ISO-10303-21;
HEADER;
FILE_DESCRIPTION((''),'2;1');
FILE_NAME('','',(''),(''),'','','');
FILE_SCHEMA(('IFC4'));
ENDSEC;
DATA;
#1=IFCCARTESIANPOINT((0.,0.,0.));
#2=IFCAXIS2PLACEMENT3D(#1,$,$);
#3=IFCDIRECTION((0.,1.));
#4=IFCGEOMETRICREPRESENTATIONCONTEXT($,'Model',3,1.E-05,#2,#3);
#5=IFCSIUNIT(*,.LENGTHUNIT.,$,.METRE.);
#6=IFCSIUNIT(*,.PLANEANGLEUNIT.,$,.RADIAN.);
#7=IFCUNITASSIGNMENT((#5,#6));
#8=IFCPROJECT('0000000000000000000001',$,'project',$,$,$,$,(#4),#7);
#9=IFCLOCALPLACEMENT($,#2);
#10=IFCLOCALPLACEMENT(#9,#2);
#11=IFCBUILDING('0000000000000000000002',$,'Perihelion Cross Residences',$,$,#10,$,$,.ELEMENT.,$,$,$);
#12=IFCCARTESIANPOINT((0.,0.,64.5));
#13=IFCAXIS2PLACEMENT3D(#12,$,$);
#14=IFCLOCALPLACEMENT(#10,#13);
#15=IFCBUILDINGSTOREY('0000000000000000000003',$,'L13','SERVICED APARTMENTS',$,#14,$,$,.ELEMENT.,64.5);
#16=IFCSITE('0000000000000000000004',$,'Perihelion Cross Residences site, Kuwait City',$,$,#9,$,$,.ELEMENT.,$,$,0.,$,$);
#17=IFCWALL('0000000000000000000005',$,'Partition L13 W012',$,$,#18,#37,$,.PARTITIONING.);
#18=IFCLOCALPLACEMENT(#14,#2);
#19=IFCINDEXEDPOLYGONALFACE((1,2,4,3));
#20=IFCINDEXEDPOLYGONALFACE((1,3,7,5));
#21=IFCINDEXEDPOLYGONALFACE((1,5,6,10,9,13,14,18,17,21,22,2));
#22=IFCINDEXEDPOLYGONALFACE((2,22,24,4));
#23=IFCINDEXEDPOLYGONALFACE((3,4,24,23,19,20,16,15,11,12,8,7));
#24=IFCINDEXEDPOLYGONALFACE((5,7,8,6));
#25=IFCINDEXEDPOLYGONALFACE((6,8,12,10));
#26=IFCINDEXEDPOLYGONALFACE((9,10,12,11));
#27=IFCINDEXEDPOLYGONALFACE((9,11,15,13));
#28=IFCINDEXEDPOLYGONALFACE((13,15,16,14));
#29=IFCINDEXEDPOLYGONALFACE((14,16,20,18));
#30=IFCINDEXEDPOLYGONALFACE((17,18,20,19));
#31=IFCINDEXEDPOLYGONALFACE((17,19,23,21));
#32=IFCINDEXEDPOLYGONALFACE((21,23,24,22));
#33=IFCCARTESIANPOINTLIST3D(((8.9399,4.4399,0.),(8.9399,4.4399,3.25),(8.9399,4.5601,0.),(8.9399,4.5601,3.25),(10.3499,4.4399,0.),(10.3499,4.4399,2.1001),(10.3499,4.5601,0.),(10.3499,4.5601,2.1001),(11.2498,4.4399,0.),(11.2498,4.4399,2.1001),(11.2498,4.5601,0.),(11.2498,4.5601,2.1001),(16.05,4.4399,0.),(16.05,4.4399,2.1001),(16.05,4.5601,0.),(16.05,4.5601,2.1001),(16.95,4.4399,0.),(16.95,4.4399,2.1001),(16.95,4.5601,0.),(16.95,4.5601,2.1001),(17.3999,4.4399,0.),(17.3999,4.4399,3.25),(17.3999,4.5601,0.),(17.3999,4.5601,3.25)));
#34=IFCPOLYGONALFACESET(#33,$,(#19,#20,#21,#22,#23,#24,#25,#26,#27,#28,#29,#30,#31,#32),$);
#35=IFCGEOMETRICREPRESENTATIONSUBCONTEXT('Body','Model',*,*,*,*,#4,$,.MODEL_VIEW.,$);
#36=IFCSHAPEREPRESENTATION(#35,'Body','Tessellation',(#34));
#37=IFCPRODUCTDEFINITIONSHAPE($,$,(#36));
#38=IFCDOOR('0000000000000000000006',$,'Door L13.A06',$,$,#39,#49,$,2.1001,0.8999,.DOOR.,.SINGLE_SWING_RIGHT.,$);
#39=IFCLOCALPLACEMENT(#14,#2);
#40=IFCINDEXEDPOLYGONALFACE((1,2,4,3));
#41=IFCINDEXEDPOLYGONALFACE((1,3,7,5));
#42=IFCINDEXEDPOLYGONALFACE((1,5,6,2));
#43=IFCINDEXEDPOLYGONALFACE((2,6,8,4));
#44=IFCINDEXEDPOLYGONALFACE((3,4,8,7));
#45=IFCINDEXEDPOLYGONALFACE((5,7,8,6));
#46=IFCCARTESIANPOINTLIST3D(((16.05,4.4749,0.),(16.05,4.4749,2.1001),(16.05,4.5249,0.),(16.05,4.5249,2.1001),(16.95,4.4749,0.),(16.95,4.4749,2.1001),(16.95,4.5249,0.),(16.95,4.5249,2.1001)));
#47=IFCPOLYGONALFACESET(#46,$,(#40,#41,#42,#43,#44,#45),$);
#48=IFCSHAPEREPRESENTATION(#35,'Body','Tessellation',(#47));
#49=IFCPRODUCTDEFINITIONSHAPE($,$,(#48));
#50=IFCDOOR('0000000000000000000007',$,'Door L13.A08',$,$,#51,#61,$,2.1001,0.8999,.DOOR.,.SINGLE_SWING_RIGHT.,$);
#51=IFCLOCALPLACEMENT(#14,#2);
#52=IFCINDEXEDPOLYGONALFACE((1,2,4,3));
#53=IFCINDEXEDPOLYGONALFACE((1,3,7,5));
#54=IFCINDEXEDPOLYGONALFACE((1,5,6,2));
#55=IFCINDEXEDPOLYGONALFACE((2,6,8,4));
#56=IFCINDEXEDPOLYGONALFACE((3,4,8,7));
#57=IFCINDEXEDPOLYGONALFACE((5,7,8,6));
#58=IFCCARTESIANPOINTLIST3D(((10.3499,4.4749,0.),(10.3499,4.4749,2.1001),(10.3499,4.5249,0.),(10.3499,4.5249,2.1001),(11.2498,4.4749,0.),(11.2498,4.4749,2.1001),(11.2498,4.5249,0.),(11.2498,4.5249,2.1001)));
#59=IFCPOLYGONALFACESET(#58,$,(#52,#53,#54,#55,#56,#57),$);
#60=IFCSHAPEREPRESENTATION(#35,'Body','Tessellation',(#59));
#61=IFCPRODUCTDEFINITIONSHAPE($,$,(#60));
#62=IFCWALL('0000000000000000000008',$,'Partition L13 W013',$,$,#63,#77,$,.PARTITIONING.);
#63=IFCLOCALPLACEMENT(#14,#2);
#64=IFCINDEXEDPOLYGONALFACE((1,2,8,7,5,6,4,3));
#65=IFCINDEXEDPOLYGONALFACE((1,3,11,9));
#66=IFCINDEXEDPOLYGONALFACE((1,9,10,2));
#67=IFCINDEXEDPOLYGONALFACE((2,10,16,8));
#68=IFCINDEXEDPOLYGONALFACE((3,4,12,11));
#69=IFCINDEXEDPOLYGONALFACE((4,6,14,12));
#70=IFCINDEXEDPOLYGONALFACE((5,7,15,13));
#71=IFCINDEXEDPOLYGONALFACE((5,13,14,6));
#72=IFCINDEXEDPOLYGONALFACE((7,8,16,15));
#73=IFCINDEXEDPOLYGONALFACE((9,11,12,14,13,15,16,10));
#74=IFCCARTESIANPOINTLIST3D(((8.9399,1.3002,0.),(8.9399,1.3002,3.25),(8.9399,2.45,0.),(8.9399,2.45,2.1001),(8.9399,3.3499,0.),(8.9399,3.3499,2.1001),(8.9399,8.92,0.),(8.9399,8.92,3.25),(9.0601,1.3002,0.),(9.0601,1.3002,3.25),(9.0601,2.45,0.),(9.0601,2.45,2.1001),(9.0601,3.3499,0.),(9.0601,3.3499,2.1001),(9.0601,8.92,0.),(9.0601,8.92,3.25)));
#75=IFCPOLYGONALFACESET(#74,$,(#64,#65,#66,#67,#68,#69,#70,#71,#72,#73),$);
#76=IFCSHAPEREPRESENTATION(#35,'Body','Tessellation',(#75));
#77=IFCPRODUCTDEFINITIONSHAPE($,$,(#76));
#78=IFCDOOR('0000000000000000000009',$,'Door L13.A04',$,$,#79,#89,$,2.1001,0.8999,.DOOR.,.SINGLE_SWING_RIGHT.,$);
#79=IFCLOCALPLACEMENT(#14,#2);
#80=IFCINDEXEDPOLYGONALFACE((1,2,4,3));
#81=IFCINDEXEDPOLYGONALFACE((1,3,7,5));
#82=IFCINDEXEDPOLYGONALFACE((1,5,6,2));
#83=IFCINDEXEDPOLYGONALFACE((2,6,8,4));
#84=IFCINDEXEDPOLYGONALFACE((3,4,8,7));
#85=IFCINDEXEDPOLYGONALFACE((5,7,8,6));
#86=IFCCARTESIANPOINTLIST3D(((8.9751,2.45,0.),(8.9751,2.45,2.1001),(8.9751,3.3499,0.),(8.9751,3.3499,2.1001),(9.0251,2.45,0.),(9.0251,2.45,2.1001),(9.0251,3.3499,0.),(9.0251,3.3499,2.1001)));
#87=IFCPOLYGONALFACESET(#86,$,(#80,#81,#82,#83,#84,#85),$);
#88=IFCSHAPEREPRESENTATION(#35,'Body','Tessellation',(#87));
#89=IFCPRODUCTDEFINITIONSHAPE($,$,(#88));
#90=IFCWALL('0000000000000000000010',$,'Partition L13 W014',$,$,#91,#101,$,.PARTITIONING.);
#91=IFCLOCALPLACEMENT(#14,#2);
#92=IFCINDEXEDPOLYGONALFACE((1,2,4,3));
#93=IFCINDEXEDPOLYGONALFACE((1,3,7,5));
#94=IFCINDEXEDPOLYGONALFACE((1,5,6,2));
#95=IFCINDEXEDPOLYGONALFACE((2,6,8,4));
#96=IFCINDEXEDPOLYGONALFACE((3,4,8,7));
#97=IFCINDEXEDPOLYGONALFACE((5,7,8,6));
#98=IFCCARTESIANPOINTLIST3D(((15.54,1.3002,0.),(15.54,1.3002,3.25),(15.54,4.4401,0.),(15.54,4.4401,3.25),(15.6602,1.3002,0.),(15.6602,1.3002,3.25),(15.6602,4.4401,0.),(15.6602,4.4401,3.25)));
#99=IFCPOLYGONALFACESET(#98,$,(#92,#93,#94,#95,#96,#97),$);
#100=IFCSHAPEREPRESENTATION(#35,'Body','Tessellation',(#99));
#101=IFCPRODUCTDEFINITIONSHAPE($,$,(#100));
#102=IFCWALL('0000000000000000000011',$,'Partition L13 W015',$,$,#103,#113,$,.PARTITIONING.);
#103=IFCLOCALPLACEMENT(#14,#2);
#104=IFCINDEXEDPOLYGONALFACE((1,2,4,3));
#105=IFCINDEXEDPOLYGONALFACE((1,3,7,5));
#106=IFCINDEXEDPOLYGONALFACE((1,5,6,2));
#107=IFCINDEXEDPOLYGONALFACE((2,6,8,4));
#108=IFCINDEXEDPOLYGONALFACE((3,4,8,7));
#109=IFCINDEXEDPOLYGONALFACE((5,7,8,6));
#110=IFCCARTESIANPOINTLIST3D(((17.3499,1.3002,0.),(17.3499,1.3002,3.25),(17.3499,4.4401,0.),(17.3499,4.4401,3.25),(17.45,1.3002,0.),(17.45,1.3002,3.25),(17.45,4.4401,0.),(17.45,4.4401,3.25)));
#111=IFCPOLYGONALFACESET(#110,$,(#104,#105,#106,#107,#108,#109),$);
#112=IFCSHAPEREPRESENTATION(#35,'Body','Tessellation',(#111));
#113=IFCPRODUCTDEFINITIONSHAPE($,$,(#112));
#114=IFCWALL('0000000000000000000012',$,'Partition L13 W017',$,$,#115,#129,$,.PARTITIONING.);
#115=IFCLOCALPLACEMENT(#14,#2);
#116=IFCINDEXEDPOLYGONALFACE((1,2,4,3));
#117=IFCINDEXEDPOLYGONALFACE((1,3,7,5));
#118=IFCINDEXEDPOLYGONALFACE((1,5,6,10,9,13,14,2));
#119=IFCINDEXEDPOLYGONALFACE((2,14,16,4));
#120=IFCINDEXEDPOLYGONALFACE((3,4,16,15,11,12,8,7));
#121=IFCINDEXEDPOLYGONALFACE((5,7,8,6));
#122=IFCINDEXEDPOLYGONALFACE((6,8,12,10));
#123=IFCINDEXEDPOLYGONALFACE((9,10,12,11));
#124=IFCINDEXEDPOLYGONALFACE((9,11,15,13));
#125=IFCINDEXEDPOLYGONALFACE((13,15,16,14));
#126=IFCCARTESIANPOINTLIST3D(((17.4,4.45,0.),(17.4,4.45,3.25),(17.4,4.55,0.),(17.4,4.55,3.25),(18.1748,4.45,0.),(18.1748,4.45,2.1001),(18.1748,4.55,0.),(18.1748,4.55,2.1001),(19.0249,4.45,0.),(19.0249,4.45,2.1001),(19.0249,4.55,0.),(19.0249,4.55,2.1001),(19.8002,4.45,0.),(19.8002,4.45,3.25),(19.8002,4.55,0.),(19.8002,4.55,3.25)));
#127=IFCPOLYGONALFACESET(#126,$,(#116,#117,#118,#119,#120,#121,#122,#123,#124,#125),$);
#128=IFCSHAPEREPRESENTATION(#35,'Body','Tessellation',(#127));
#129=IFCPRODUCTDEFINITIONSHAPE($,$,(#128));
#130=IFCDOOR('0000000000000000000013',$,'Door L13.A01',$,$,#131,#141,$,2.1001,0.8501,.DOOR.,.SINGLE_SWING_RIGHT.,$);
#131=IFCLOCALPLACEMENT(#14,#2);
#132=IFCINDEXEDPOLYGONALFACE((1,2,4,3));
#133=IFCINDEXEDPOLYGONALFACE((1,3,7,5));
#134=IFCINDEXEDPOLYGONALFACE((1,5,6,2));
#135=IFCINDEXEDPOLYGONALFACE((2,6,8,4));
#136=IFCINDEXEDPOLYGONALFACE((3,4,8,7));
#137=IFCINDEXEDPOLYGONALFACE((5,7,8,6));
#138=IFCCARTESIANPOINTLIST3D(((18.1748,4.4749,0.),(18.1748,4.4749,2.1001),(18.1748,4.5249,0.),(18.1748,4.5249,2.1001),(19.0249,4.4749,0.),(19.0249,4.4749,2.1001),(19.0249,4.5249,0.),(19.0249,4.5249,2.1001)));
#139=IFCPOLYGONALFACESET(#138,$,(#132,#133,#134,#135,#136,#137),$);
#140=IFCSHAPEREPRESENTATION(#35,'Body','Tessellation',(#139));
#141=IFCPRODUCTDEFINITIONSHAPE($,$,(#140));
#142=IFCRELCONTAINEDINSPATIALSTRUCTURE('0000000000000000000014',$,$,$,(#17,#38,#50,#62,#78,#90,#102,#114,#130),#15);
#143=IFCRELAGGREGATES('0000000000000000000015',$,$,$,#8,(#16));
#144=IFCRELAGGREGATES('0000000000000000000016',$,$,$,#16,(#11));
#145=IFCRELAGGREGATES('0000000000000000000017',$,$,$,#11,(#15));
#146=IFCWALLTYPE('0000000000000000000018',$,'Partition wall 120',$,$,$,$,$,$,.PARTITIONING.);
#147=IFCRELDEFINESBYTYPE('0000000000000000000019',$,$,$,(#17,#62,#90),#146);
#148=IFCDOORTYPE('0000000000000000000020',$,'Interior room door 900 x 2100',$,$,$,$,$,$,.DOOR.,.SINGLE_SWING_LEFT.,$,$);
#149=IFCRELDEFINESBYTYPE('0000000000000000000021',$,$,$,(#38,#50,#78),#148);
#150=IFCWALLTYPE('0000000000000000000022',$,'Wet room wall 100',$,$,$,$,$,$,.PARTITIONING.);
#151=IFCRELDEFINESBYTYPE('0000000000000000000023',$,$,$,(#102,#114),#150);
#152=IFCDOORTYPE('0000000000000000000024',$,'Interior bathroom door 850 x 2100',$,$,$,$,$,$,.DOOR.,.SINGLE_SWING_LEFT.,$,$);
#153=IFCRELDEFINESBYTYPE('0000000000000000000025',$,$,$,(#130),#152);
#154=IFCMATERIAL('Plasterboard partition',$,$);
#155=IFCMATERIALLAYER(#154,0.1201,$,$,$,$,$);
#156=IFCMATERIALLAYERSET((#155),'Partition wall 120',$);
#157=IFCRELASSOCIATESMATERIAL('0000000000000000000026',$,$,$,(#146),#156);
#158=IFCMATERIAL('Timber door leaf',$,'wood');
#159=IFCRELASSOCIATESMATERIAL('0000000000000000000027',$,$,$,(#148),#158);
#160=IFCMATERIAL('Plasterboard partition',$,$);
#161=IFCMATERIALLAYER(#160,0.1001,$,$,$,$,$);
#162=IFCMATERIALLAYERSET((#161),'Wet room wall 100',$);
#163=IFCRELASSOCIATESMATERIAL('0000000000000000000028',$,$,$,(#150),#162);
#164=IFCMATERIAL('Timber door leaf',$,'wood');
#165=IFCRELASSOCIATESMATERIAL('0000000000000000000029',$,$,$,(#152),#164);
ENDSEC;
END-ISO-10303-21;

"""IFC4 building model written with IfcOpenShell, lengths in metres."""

from ifc_helpers import new_model, si_unit, direction, frame, frame_2d, origin, place, context, subcontext, project, spatial, rectangle, extrude, material, layer, layer_set, type_object, element, fill, save


model = new_model("IFC4")

# Units and contexts
model_context = context("Model", 3, precision=1e-05, world=origin(), true_north=direction((0.0, 1.0)))
body_context = subcontext(model_context, "Body", "Model", "MODEL_VIEW")
ifc_project = project(units=[si_unit("LENGTHUNIT", "METRE"), si_unit("PLANEANGLEUNIT", "RADIAN")], contexts=[model_context])

# Site, building, storey
site_placement = place(None, origin())
site = spatial("IfcSite", under=ifc_project, at=site_placement, Name="Perihelion Cross Residences site, Kuwait City", CompositionType="ELEMENT", RefElevation=0.0)
building_placement = place(site_placement, origin())
building = spatial("IfcBuilding", under=site, at=building_placement, Name="Perihelion Cross Residences", CompositionType="ELEMENT")
storey_placement = place(building_placement, frame((0.0, 0.0, 64.5)))
storey = spatial("IfcBuildingStorey", under=building, at=storey_placement, Name="L13", Description="SERVICED APARTMENTS", CompositionType="ELEMENT", Elevation=64.5)

# Shared definitions
ifc_material_1 = material(Name="Plasterboard partition")
ifc_layer_1 = layer(ifc_material_1, 0.1201)
ifc_layer_set_1 = layer_set([ifc_layer_1], Name="Partition wall 120")
wall_type_1 = type_object("IfcWallType", Name="Partition wall 120", PredefinedType="PARTITIONING", material=ifc_layer_set_1)
ifc_material_2 = material(Name="Timber door leaf", Category="wood")
door_type_1 = type_object("IfcDoorType", Name="Interior room door 900 x 2100", OperationType="SINGLE_SWING_LEFT", PredefinedType="DOOR", material=ifc_material_2)

# Wall, openings, doors
wall_1_placement = place(storey_placement, frame((8.9399, 4.5, 0.0), z_axis=(0.0, 0.0, 1.0), x_axis=(1.0, 0.0, 0.0)))
wall_1 = element("IfcWall", 1, at=wall_1_placement, inside=storey, type_object=wall_type_1, Name="Partition L13 W012", PredefinedType="PARTITIONING", context=body_context, shape_type="SweptSolid", body=[
    extrude(rectangle(XDim=8.46, YDim=0.1201, at=frame_2d((4.23, 0.0))), origin(), (0.0, 0.0, 1.0), 3.25),
])
opening_1_placement = place(wall_1_placement, frame((7.1101, 0.0, 0.0)))
opening_1 = element("IfcOpeningElement", 2, at=opening_1_placement, cuts=wall_1, PredefinedType="OPENING", context=body_context, shape_type="SweptSolid", body=[
    extrude(rectangle(XDim=0.8999, YDim=2.1001, at=frame_2d((0.45, 1.05))), frame((0.0, 0.0701, 0.0), z_axis=(0.0, -1.0, 0.0), x_axis=(1.0, 0.0, 0.0)), (0.0, 0.0, 1.0), 0.1401),
])
opening_2_placement = place(wall_1_placement, frame((1.4099, 0.0, 0.0)))
opening_2 = element("IfcOpeningElement", 3, at=opening_2_placement, cuts=wall_1, PredefinedType="OPENING", context=body_context, shape_type="SweptSolid", body=[
    extrude(rectangle(XDim=0.8999, YDim=2.1001, at=frame_2d((0.45, 1.05))), frame((0.0, 0.0701, 0.0), z_axis=(0.0, -1.0, 0.0), x_axis=(1.0, 0.0, 0.0)), (0.0, 0.0, 1.0), 0.1401),
])
door_1_placement = place(opening_1_placement, origin())
door_1 = element("IfcDoor", 4, at=door_1_placement, inside=storey, type_object=door_type_1, Name="Door L13.A06", OperationType="SINGLE_SWING_RIGHT", OverallHeight=2.1001, OverallWidth=0.8999, PredefinedType="DOOR", context=body_context, shape_type="SweptSolid", body=[
    extrude(rectangle(XDim=0.8999, YDim=2.1001, at=frame_2d((0.45, 1.05))), frame((0.0, 0.0249, 0.0), z_axis=(0.0, -1.0, 0.0), x_axis=(1.0, 0.0, 0.0)), (0.0, 0.0, 1.0), 0.05),
])
fill(opening_1, door_1)
door_2_placement = place(opening_2_placement, origin())
door_2 = element("IfcDoor", 5, at=door_2_placement, inside=storey, type_object=door_type_1, Name="Door L13.A08", OperationType="SINGLE_SWING_RIGHT", OverallHeight=2.1001, OverallWidth=0.8999, PredefinedType="DOOR", context=body_context, shape_type="SweptSolid", body=[
    extrude(rectangle(XDim=0.8999, YDim=2.1001, at=frame_2d((0.45, 1.05))), frame((0.0, 0.0249, 0.0), z_axis=(0.0, -1.0, 0.0), x_axis=(1.0, 0.0, 0.0)), (0.0, 0.0, 1.0), 0.05),
])
fill(opening_2, door_2)

# Wall, opening, door
wall_2_placement = place(storey_placement, frame((9.0, 1.3, 0.0), z_axis=(0.0, 0.0, 1.0), x_axis=(0.0, 1.0, 0.0)))
wall_2 = element("IfcWall", 6, at=wall_2_placement, inside=storey, type_object=wall_type_1, Name="Partition L13 W013", PredefinedType="PARTITIONING", context=body_context, shape_type="SweptSolid", body=[
    extrude(rectangle(XDim=7.6199, YDim=0.1201, at=frame_2d((3.8101, 0.0))), origin(), (0.0, 0.0, 1.0), 3.25),
])
opening_3_placement = place(wall_2_placement, frame((1.1499, 0.0, 0.0)))
opening_3 = element("IfcOpeningElement", 7, at=opening_3_placement, cuts=wall_2, PredefinedType="OPENING", context=body_context, shape_type="SweptSolid", body=[
    extrude(rectangle(XDim=0.8999, YDim=2.1001, at=frame_2d((0.45, 1.05))), frame((0.0, 0.0701, 0.0), z_axis=(0.0, -1.0, 0.0), x_axis=(1.0, 0.0, 0.0)), (0.0, 0.0, 1.0), 0.1401),
])
door_3_placement = place(opening_3_placement, origin())
door_3 = element("IfcDoor", 8, at=door_3_placement, inside=storey, type_object=door_type_1, Name="Door L13.A04", OperationType="SINGLE_SWING_RIGHT", OverallHeight=2.1001, OverallWidth=0.8999, PredefinedType="DOOR", context=body_context, shape_type="SweptSolid", body=[
    extrude(rectangle(XDim=0.8999, YDim=2.1001, at=frame_2d((0.45, 1.05))), frame((0.0, 0.0249, 0.0), z_axis=(0.0, -1.0, 0.0), x_axis=(1.0, 0.0, 0.0)), (0.0, 0.0, 1.0), 0.05),
])
fill(opening_3, door_3)

# Walls
wall_3_placement = place(storey_placement, frame((15.6001, 4.4399, 0.0), z_axis=(0.0, 0.0, 1.0), x_axis=(0.0, -1.0, 0.0)))
element("IfcWall", 9, at=wall_3_placement, inside=storey, type_object=wall_type_1, Name="Partition L13 W014", PredefinedType="PARTITIONING", context=body_context, shape_type="SweptSolid", body=[
    extrude(rectangle(XDim=3.1399, YDim=0.1201, at=frame_2d((1.5698, 0.0))), origin(), (0.0, 0.0, 1.0), 3.25),
])
ifc_material_3 = material(Name="Plasterboard partition")
ifc_layer_2 = layer(ifc_material_3, 0.1001)
ifc_layer_set_2 = layer_set([ifc_layer_2], Name="Wet room wall 100")
wall_type_2 = type_object("IfcWallType", Name="Wet room wall 100", PredefinedType="PARTITIONING", material=ifc_layer_set_2)
wall_4_placement = place(storey_placement, frame((17.3999, 4.4399, 0.0), z_axis=(0.0, 0.0, 1.0), x_axis=(0.0, -1.0, 0.0)))
element("IfcWall", 10, at=wall_4_placement, inside=storey, type_object=wall_type_2, Name="Partition L13 W015", PredefinedType="PARTITIONING", context=body_context, shape_type="SweptSolid", body=[
    extrude(rectangle(XDim=3.1399, YDim=0.1001, at=frame_2d((1.5698, 0.0))), origin(), (0.0, 0.0, 1.0), 3.25),
])

# Wall, opening, door
wall_5_placement = place(storey_placement, frame((17.3999, 4.5, 0.0), z_axis=(0.0, 0.0, 1.0), x_axis=(1.0, 0.0, 0.0)))
wall_5 = element("IfcWall", 11, at=wall_5_placement, inside=storey, type_object=wall_type_2, Name="Partition L13 W017", PredefinedType="PARTITIONING", context=body_context, shape_type="SweptSolid", body=[
    extrude(rectangle(XDim=2.4001, YDim=0.1001, at=frame_2d((1.2002, 0.0))), origin(), (0.0, 0.0, 1.0), 3.25),
])
opening_4_placement = place(wall_5_placement, frame((0.7749, 0.0, 0.0)))
opening_4 = element("IfcOpeningElement", 12, at=opening_4_placement, cuts=wall_5, PredefinedType="OPENING", context=body_context, shape_type="SweptSolid", body=[
    extrude(rectangle(XDim=0.8501, YDim=2.1001, at=frame_2d((0.425, 1.05))), frame((0.0, 0.0601, 0.0), z_axis=(0.0, -1.0, 0.0), x_axis=(1.0, 0.0, 0.0)), (0.0, 0.0, 1.0), 0.1201),
])
ifc_material_4 = material(Name="Timber door leaf", Category="wood")
door_type_2 = type_object("IfcDoorType", Name="Interior bathroom door 850 x 2100", OperationType="SINGLE_SWING_LEFT", PredefinedType="DOOR", material=ifc_material_4)
door_4_placement = place(opening_4_placement, origin())
door_4 = element("IfcDoor", 13, at=door_4_placement, inside=storey, type_object=door_type_2, Name="Door L13.A01", OperationType="SINGLE_SWING_RIGHT", OverallHeight=2.1001, OverallWidth=0.8501, PredefinedType="DOOR", context=body_context, shape_type="SweptSolid", body=[
    extrude(rectangle(XDim=0.8501, YDim=2.1001, at=frame_2d((0.425, 1.05))), frame((0.0, 0.0249, 0.0), z_axis=(0.0, -1.0, 0.0), x_axis=(1.0, 0.0, 0.0)), (0.0, 0.0, 1.0), 0.05),
])
fill(opening_4, door_4)

save(model, "model.ifc")
